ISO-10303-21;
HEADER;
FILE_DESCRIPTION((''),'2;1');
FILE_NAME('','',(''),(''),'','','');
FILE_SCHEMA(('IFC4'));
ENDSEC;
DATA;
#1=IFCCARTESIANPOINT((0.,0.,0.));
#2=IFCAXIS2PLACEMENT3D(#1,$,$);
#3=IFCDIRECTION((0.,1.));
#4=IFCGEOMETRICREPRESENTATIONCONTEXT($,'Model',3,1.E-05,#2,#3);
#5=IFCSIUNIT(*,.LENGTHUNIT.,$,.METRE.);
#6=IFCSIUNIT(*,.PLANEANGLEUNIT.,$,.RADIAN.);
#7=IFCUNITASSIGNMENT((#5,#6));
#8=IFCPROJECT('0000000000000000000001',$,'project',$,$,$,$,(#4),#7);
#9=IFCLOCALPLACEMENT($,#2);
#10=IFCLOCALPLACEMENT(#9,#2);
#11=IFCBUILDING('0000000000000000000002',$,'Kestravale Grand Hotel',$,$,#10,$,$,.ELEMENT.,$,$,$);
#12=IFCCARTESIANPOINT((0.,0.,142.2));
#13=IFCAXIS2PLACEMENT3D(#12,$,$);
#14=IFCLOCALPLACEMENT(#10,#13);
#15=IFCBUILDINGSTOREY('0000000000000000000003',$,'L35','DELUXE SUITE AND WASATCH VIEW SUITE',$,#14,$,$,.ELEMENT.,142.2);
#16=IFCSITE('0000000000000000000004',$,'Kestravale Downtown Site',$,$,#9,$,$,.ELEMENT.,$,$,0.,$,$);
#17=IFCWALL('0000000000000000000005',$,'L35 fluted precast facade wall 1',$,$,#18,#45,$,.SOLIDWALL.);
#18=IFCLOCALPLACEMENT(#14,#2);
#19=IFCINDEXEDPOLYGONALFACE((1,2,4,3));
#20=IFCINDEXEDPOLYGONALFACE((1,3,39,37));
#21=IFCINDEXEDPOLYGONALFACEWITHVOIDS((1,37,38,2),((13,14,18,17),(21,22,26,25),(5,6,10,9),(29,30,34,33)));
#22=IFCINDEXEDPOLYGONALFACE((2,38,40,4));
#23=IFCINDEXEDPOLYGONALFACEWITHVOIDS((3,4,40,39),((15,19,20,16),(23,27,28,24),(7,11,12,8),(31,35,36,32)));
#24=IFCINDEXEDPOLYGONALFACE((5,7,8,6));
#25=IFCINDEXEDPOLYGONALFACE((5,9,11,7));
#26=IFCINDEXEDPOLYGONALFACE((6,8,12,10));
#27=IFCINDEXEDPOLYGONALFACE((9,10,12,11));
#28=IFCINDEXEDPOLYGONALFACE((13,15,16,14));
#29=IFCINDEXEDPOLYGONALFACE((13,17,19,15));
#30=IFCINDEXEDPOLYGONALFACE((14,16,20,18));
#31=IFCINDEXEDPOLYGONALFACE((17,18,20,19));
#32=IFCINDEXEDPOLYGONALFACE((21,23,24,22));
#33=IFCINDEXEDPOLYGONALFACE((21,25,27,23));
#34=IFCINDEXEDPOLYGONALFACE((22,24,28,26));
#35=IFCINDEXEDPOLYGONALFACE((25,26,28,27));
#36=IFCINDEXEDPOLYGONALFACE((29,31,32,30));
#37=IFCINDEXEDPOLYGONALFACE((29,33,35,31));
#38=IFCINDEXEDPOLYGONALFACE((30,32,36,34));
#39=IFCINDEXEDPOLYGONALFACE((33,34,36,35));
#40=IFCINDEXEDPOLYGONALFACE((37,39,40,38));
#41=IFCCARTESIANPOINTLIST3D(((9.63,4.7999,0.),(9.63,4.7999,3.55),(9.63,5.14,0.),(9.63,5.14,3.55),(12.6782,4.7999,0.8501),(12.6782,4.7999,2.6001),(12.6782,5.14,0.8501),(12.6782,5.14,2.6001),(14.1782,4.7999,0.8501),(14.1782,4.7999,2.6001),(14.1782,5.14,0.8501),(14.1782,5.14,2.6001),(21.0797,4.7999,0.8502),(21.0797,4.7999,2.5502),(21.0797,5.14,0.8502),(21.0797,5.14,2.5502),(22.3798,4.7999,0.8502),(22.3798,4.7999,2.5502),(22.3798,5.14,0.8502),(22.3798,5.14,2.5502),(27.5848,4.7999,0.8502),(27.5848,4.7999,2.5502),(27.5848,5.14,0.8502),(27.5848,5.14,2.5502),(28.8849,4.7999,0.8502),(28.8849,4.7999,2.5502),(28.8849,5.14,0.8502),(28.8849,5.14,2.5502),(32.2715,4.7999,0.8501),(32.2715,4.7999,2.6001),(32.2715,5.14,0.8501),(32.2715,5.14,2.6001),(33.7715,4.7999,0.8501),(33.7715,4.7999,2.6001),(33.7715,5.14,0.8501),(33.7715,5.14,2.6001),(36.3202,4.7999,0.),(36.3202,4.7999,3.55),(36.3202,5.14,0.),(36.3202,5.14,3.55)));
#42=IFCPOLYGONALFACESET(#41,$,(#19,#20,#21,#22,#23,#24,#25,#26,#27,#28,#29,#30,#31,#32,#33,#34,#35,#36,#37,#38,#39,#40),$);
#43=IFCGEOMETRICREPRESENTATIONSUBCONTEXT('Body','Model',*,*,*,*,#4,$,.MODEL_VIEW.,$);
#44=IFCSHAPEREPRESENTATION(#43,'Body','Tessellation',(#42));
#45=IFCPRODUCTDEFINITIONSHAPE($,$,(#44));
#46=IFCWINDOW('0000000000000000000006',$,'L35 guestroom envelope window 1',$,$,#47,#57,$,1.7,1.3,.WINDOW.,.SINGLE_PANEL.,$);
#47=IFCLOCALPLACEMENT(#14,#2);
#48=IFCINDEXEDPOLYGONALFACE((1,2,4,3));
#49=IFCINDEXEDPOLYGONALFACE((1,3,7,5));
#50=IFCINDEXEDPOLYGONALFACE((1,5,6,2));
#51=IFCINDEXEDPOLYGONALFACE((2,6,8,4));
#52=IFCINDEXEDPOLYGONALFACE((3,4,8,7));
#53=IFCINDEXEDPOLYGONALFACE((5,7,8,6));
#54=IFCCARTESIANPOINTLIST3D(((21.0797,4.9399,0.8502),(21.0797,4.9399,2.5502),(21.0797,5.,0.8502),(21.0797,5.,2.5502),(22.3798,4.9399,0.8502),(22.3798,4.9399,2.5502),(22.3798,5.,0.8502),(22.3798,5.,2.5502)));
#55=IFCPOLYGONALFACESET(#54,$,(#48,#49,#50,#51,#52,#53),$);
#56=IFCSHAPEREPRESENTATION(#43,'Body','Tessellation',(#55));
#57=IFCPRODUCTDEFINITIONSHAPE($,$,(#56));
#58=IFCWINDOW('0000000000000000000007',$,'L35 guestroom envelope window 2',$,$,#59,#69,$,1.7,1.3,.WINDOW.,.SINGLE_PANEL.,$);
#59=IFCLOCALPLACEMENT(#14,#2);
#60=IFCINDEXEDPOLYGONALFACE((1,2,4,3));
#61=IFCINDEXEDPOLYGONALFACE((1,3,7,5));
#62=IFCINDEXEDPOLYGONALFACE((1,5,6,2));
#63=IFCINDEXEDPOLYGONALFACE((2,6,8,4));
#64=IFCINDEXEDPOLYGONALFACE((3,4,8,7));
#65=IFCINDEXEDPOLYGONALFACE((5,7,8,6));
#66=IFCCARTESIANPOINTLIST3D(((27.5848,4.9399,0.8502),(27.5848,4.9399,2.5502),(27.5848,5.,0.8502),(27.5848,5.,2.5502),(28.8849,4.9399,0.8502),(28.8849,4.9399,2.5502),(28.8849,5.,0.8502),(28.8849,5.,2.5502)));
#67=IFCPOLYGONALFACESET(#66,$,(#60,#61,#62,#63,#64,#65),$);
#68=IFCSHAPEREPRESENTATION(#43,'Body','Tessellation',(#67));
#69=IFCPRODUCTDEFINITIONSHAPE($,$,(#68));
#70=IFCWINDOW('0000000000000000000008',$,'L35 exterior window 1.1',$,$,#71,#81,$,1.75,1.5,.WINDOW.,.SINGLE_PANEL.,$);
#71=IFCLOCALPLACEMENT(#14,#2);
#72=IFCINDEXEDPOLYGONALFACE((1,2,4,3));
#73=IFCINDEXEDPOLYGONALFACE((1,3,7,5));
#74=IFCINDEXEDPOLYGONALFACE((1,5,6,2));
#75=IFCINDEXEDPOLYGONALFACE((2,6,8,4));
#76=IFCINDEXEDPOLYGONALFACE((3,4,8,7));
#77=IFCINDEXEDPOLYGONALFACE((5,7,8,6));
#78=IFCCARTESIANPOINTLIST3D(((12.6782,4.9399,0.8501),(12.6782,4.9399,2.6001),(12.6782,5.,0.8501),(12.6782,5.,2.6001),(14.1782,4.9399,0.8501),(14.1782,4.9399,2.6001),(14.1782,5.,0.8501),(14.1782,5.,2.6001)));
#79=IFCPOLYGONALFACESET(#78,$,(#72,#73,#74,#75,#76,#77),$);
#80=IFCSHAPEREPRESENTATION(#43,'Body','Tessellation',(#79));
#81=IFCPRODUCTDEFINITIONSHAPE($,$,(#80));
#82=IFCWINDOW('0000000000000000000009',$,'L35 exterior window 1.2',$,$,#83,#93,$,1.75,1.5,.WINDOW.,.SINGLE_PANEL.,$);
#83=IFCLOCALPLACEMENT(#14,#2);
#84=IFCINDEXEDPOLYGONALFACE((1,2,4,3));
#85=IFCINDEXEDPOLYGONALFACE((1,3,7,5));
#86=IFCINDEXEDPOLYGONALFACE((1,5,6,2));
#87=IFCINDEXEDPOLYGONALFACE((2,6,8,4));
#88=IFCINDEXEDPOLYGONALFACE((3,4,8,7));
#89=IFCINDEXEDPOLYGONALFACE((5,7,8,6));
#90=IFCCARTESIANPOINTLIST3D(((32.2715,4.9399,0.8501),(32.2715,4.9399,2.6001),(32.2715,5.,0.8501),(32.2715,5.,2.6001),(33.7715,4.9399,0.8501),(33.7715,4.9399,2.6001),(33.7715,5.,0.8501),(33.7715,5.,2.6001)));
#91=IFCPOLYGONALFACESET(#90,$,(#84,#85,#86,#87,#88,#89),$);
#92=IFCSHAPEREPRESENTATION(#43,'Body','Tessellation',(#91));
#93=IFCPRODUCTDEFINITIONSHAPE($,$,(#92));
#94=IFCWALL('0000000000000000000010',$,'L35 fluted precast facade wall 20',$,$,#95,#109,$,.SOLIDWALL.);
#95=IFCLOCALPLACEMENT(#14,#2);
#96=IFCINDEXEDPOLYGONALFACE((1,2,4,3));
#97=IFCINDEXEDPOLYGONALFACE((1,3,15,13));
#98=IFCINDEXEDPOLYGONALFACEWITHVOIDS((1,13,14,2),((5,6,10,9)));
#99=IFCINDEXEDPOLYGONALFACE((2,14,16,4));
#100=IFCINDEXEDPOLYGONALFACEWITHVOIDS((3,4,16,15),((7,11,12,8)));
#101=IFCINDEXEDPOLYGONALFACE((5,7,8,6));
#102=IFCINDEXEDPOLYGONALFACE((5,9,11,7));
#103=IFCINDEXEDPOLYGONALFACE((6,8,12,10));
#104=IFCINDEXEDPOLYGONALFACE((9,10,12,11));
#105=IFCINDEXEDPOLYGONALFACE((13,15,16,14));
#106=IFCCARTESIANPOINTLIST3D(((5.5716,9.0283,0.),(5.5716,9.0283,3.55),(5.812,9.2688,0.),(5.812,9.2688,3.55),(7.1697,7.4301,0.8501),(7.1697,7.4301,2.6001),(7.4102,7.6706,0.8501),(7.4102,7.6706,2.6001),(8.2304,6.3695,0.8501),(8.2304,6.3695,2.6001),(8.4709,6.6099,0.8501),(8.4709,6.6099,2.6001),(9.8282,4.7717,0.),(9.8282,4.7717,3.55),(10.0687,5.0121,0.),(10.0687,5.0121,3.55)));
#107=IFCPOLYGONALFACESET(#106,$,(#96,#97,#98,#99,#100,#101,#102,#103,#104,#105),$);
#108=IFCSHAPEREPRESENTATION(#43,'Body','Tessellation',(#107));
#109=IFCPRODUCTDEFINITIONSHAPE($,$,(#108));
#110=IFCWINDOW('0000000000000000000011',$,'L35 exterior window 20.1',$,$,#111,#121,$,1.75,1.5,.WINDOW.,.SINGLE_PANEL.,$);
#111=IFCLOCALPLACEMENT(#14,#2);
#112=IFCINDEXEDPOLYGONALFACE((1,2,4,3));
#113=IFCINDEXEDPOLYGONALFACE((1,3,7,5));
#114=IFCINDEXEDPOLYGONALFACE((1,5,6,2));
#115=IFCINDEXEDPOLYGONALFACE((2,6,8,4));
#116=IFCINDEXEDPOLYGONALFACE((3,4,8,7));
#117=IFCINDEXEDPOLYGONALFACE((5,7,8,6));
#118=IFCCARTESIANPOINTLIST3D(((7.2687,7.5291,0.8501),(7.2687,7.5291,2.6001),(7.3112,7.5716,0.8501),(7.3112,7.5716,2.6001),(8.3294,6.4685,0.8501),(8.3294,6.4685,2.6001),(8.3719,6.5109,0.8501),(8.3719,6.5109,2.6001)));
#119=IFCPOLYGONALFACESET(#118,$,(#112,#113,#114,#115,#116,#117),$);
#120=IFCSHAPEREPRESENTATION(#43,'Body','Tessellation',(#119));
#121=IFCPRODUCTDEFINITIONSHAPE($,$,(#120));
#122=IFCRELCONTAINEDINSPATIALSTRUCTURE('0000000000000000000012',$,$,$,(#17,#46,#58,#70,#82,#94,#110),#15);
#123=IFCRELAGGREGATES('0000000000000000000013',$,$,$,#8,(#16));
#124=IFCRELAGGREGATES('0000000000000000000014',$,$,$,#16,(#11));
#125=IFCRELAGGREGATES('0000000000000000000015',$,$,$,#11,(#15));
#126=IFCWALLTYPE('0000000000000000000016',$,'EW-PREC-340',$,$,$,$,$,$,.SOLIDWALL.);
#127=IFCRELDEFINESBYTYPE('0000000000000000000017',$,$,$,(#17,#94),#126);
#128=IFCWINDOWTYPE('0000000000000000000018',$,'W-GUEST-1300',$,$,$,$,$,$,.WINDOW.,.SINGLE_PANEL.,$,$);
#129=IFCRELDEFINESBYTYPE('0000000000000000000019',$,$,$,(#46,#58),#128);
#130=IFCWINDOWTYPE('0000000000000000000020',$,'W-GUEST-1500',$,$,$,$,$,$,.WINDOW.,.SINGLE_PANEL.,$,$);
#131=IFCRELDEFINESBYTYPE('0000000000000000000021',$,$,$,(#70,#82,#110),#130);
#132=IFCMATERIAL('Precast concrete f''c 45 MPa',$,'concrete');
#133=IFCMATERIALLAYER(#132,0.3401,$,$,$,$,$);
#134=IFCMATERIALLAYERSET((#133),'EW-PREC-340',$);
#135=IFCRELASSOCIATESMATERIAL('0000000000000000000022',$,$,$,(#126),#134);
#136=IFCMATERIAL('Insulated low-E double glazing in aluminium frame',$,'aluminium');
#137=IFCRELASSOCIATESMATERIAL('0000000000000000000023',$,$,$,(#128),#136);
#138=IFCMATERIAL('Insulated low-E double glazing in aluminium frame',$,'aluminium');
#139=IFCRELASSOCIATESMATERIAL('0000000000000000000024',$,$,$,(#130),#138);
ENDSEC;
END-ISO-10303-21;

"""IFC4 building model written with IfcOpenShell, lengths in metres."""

from ifc_helpers import new_model, si_unit, direction, frame, frame_2d, origin, place, context, subcontext, project, spatial, rectangle, extrude, material, layer, layer_set, type_object, element, fill, save


model = new_model("IFC4")

# Units and contexts
model_context = context("Model", 3, precision=1e-05, world=origin(), true_north=direction((0.0, 1.0)))
body_context = subcontext(model_context, "Body", "Model", "MODEL_VIEW")
ifc_project = project(units=[si_unit("LENGTHUNIT", "METRE"), si_unit("PLANEANGLEUNIT", "RADIAN")], contexts=[model_context])

# Site, building, storey
site_placement = place(None, origin())
site = spatial("IfcSite", under=ifc_project, at=site_placement, Name="Kestravale Downtown Site", CompositionType="ELEMENT", RefElevation=0.0)
building_placement = place(site_placement, origin())
building = spatial("IfcBuilding", under=site, at=building_placement, Name="Kestravale Grand Hotel", CompositionType="ELEMENT")
storey_placement = place(building_placement, frame((0.0, 0.0, 142.2)))
storey = spatial("IfcBuildingStorey", under=building, at=storey_placement, Name="L35", Description="DELUXE SUITE AND WASATCH VIEW SUITE", CompositionType="ELEMENT", Elevation=142.2)

# Wall, openings, windows
ifc_material_1 = material(Name="Precast concrete f'c 45 MPa", Category="concrete")
ifc_layer_1 = layer(ifc_material_1, 0.3401)
ifc_layer_set_1 = layer_set([ifc_layer_1], Name="EW-PREC-340")
wall_type_1 = type_object("IfcWallType", Name="EW-PREC-340", PredefinedType="SOLIDWALL", material=ifc_layer_set_1)
wall_1_placement = place(storey_placement, frame((9.6299, 4.97, 0.0), z_axis=(0.0, 0.0, 1.0), x_axis=(1.0, 0.0, 0.0)))
wall_1 = element("IfcWall", 1, at=wall_1_placement, inside=storey, type_object=wall_type_1, Name="L35 fluted precast facade wall 1", PredefinedType="SOLIDWALL", context=body_context, shape_type="SweptSolid", body=[
    extrude(rectangle(XDim=26.6902, YDim=0.3401, at=frame_2d((13.3452, 0.0))), origin(), (0.0, 0.0, 1.0), 3.55),
])
opening_1_placement = place(wall_1_placement, frame((3.0483, 0.0, 0.8501)))
opening_1 = element("IfcOpeningElement", 2, at=opening_1_placement, cuts=wall_1, PredefinedType="OPENING", context=body_context, shape_type="SweptSolid", body=[
    extrude(rectangle(XDim=1.5, YDim=1.75, at=frame_2d((0.75, 0.875))), frame((0.0, 0.1799, 0.0), z_axis=(0.0, -1.0, 0.0), x_axis=(1.0, 0.0, 0.0)), (0.0, 0.0, 1.0), 0.3601),
])
opening_2_placement = place(wall_1_placement, frame((22.6416, 0.0, 0.8501)))
opening_2 = element("IfcOpeningElement", 3, at=opening_2_placement, cuts=wall_1, PredefinedType="OPENING", context=body_context, shape_type="SweptSolid", body=[
    extrude(rectangle(XDim=1.5, YDim=1.75, at=frame_2d((0.75, 0.875))), frame((0.0, 0.1799, 0.0), z_axis=(0.0, -1.0, 0.0), x_axis=(1.0, 0.0, 0.0)), (0.0, 0.0, 1.0), 0.3601),
])
opening_3_placement = place(wall_1_placement, frame((11.45, 0.0, 0.8501)))
opening_3 = element("IfcOpeningElement", 4, at=opening_3_placement, cuts=wall_1, PredefinedType="OPENING", context=body_context, shape_type="SweptSolid", body=[
    extrude(rectangle(XDim=1.3, YDim=1.7, at=frame_2d((0.6499, 0.8501))), frame((0.0, 0.1799, 0.0), z_axis=(0.0, -1.0, 0.0), x_axis=(1.0, 0.0, 0.0)), (0.0, 0.0, 1.0), 0.3601),
])
opening_4_placement = place(wall_1_placement, frame((17.9551, 0.0, 0.8501)))
opening_4 = element("IfcOpeningElement", 5, at=opening_4_placement, cuts=wall_1, PredefinedType="OPENING", context=body_context, shape_type="SweptSolid", body=[
    extrude(rectangle(XDim=1.3, YDim=1.7, at=frame_2d((0.6499, 0.8501))), frame((0.0, 0.1799, 0.0), z_axis=(0.0, -1.0, 0.0), x_axis=(1.0, 0.0, 0.0)), (0.0, 0.0, 1.0), 0.3601),
])
ifc_material_2 = material(Name="Insulated low-E double glazing in aluminium frame", Category="aluminium")
window_type_1 = type_object("IfcWindowType", Name="W-GUEST-1300", PartitioningType="SINGLE_PANEL", PredefinedType="WINDOW", material=ifc_material_2)
window_1_placement = place(opening_3_placement, origin())
window_1 = element("IfcWindow", 6, at=window_1_placement, inside=storey, type_object=window_type_1, Name="L35 guestroom envelope window 1", OverallHeight=1.7, OverallWidth=1.3, PartitioningType="SINGLE_PANEL", PredefinedType="WINDOW", context=body_context, shape_type="SweptSolid", body=[
    extrude(rectangle(XDim=1.3, YDim=1.7, at=frame_2d((0.6499, 0.8501))), frame((0.0, 0.03, 0.0), z_axis=(0.0, -1.0, 0.0), x_axis=(1.0, 0.0, 0.0)), (0.0, 0.0, 1.0), 0.0601),
])
fill(opening_3, window_1)
window_2_placement = place(opening_4_placement, origin())
window_2 = element("IfcWindow", 7, at=window_2_placement, inside=storey, type_object=window_type_1, Name="L35 guestroom envelope window 2", OverallHeight=1.7, OverallWidth=1.3, PartitioningType="SINGLE_PANEL", PredefinedType="WINDOW", context=body_context, shape_type="SweptSolid", body=[
    extrude(rectangle(XDim=1.3, YDim=1.7, at=frame_2d((0.6499, 0.8501))), frame((0.0, 0.03, 0.0), z_axis=(0.0, -1.0, 0.0), x_axis=(1.0, 0.0, 0.0)), (0.0, 0.0, 1.0), 0.0601),
])
fill(opening_4, window_2)
ifc_material_3 = material(Name="Insulated low-E double glazing in aluminium frame", Category="aluminium")
window_type_2 = type_object("IfcWindowType", Name="W-GUEST-1500", PartitioningType="SINGLE_PANEL", PredefinedType="WINDOW", material=ifc_material_3)
window_3_placement = place(opening_1_placement, origin())
window_3 = element("IfcWindow", 8, at=window_3_placement, inside=storey, type_object=window_type_2, Name="L35 exterior window 1.1", OverallHeight=1.75, OverallWidth=1.5, PartitioningType="SINGLE_PANEL", PredefinedType="WINDOW", context=body_context, shape_type="SweptSolid", body=[
    extrude(rectangle(XDim=1.5, YDim=1.75, at=frame_2d((0.75, 0.875))), frame((0.0, 0.03, 0.0), z_axis=(0.0, -1.0, 0.0), x_axis=(1.0, 0.0, 0.0)), (0.0, 0.0, 1.0), 0.0601),
])
fill(opening_1, window_3)
window_4_placement = place(opening_2_placement, origin())
window_4 = element("IfcWindow", 9, at=window_4_placement, inside=storey, type_object=window_type_2, Name="L35 exterior window 1.2", OverallHeight=1.75, OverallWidth=1.5, PartitioningType="SINGLE_PANEL", PredefinedType="WINDOW", context=body_context, shape_type="SweptSolid", body=[
    extrude(rectangle(XDim=1.5, YDim=1.75, at=frame_2d((0.75, 0.875))), frame((0.0, 0.03, 0.0), z_axis=(0.0, -1.0, 0.0), x_axis=(1.0, 0.0, 0.0)), (0.0, 0.0, 1.0), 0.0601),
])
fill(opening_2, window_4)

# Wall, opening, window
wall_2_placement = place(storey_placement, frame((5.6919, 9.1484, 0.0), z_axis=(0.0, 0.0, 1.0), x_axis=(0.707107, -0.707107, 0.0)))
wall_2 = element("IfcWall", 10, at=wall_2_placement, inside=storey, type_object=wall_type_1, Name="L35 fluted precast facade wall 20", PredefinedType="SOLIDWALL", context=body_context, shape_type="SweptSolid", body=[
    extrude(rectangle(XDim=6.0198, YDim=0.3401, at=frame_2d((3.0098, 0.0))), origin(), (0.0, 0.0, 1.0), 3.55),
])
opening_5_placement = place(wall_2_placement, frame((2.26, 0.0, 0.8501)))
opening_5 = element("IfcOpeningElement", 11, at=opening_5_placement, cuts=wall_2, PredefinedType="OPENING", context=body_context, shape_type="SweptSolid", body=[
    extrude(rectangle(XDim=1.5, YDim=1.75, at=frame_2d((0.75, 0.875))), frame((0.0, 0.1799, 0.0), z_axis=(0.0, -1.0, 0.0), x_axis=(1.0, 0.0, 0.0)), (0.0, 0.0, 1.0), 0.3601),
])
window_5_placement = place(opening_5_placement, origin())
window_5 = element("IfcWindow", 12, at=window_5_placement, inside=storey, type_object=window_type_2, Name="L35 exterior window 20.1", OverallHeight=1.75, OverallWidth=1.5, PartitioningType="SINGLE_PANEL", PredefinedType="WINDOW", context=body_context, shape_type="SweptSolid", body=[
    extrude(rectangle(XDim=1.5, YDim=1.75, at=frame_2d((0.75, 0.875))), frame((0.0, 0.03, 0.0), z_axis=(0.0, -1.0, 0.0), x_axis=(1.0, 0.0, 0.0)), (0.0, 0.0, 1.0), 0.0601),
])
fill(opening_5, window_5)

save(model, "model.ifc")
